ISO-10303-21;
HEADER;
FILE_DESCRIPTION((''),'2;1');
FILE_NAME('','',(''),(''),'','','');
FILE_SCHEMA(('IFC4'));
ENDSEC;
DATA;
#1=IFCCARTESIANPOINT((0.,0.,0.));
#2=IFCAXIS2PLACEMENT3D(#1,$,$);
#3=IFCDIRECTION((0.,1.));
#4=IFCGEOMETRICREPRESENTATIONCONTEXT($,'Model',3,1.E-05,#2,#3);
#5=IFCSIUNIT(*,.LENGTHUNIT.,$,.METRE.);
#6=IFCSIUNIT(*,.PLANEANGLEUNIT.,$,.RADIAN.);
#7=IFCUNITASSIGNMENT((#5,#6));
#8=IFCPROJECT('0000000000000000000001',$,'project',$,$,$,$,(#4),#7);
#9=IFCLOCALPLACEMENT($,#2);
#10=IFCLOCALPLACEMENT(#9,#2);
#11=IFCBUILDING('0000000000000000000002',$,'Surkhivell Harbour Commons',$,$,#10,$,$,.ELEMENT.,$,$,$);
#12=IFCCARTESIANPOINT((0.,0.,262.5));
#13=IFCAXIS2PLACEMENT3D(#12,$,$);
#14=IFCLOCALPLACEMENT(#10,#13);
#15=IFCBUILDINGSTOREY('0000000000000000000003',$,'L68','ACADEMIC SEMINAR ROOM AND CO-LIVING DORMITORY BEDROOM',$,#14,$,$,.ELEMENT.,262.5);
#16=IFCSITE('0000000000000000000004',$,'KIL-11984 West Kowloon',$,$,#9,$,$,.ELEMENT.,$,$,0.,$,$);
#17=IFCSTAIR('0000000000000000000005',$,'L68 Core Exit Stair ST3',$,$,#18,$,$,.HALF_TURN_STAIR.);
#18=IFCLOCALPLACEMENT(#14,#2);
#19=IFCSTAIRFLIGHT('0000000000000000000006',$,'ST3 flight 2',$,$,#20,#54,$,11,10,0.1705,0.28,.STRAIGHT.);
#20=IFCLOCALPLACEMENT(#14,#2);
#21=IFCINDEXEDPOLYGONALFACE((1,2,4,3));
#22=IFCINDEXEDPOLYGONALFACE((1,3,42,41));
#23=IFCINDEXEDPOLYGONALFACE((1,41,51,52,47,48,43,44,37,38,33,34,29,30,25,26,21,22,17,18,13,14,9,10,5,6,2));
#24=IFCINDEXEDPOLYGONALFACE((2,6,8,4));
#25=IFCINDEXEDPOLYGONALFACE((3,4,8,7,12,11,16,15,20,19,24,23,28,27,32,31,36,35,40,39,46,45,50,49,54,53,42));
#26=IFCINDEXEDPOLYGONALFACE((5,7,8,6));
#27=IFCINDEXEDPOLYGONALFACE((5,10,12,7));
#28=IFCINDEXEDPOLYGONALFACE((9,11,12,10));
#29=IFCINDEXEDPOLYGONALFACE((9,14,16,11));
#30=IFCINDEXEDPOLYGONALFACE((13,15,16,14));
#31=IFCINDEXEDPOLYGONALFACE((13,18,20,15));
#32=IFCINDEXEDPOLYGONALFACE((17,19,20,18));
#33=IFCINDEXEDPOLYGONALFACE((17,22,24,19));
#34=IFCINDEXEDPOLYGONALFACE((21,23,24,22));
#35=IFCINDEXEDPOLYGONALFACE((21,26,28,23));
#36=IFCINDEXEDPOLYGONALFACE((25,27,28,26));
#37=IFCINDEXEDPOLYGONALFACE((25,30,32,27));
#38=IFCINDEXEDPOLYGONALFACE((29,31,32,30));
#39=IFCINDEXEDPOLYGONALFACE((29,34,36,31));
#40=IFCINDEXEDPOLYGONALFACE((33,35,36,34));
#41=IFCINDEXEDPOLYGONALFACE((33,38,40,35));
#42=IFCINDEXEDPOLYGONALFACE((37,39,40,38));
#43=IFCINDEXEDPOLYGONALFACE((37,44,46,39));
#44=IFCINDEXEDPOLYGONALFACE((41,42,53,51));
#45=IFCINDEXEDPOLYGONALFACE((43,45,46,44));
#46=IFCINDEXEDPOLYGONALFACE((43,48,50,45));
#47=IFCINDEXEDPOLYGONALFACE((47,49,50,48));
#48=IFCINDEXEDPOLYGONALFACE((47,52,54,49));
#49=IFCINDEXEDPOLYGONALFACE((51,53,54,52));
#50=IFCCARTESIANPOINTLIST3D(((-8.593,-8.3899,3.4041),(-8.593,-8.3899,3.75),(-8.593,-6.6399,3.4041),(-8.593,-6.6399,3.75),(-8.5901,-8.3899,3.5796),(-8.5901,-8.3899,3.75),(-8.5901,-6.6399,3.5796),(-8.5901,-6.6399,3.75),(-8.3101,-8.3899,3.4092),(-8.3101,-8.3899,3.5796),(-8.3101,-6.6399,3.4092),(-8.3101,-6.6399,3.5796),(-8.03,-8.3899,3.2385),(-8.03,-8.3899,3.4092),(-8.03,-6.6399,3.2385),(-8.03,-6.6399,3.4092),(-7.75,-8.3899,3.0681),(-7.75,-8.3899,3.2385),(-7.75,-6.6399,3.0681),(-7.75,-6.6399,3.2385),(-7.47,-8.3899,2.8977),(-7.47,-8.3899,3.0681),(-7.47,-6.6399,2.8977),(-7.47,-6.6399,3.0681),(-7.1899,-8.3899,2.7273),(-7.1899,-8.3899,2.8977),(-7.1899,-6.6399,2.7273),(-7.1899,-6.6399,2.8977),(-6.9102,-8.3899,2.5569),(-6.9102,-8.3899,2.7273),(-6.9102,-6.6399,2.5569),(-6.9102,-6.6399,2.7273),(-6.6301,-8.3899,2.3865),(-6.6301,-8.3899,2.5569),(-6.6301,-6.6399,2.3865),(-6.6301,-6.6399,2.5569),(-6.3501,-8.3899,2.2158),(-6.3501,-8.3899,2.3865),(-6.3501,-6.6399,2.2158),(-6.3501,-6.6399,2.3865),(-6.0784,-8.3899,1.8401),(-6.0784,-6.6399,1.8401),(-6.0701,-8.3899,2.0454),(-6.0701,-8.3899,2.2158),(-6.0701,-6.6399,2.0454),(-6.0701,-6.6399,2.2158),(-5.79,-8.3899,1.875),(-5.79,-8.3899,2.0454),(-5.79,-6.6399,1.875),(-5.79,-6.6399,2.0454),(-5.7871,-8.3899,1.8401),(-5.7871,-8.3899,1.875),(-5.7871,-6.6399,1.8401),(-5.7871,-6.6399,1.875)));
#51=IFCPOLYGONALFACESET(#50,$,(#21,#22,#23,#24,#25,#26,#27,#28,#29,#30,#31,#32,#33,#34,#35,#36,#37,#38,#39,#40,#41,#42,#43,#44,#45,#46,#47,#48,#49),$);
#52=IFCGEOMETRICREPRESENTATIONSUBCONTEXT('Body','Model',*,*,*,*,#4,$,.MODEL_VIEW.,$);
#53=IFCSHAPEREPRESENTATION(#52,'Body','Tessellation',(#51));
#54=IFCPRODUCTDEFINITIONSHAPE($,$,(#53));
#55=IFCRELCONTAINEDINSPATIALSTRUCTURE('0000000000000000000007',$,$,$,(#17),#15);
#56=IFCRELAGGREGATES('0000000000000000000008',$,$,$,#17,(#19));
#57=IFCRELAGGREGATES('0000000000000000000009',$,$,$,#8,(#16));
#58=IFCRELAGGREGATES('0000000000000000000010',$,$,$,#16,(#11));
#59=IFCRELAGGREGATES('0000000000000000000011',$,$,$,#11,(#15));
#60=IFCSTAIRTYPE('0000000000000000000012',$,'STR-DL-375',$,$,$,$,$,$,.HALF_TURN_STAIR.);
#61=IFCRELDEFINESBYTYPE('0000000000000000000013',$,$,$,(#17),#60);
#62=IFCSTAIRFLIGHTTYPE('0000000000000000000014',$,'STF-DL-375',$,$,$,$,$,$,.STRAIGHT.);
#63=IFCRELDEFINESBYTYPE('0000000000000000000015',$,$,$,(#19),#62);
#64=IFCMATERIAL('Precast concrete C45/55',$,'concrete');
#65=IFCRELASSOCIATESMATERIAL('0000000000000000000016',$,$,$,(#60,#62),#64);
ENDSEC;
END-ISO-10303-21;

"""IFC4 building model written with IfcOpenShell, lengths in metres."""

from ifc_helpers import new_model, si_unit, direction, frame, origin, place, context, subcontext, project, spatial, polyline, outline, extrude, material, type_object, element, aggregate, save


model = new_model("IFC4")

# Units and contexts
model_context = context("Model", 3, precision=1e-05, world=origin(), true_north=direction((0.0, 1.0)))
body_context = subcontext(model_context, "Body", "Model", "MODEL_VIEW")
ifc_project = project(units=[si_unit("LENGTHUNIT", "METRE"), si_unit("PLANEANGLEUNIT", "RADIAN")], contexts=[model_context])

# Site, building, storey
site_placement = place(None, origin())
site = spatial("IfcSite", under=ifc_project, at=site_placement, Name="KIL-11984 West Kowloon", CompositionType="ELEMENT", RefElevation=0.0)
building_placement = place(site_placement, origin())
building = spatial("IfcBuilding", under=site, at=building_placement, Name="Surkhivell Harbour Commons", CompositionType="ELEMENT")
storey_placement = place(building_placement, frame((0.0, 0.0, 262.5)))
storey = spatial("IfcBuildingStorey", under=building, at=storey_placement, Name="L68", Description="ACADEMIC SEMINAR ROOM AND CO-LIVING DORMITORY BEDROOM", CompositionType="ELEMENT", Elevation=262.5)

# Stair, stair flight
ifc_material_1 = material(Name="Precast concrete C45/55", Category="concrete")
stair_type = type_object("IfcStairType", Name="STR-DL-375", PredefinedType="HALF_TURN_STAIR", material=ifc_material_1)
stair_placement = place(storey_placement, origin())
stair = element("IfcStair", 1, at=stair_placement, inside=storey, type_object=stair_type, Name="L68 Core Exit Stair ST3", PredefinedType="HALF_TURN_STAIR")
stair_flight_type = type_object("IfcStairFlightType", Name="STF-DL-375", PredefinedType="STRAIGHT", material=ifc_material_1)
stair_flight_placement = place(storey_placement, frame((-5.79, -7.5149, 1.875), z_axis=(0.0, 0.0, 1.0), x_axis=(-1.0, 0.0, 0.0)))
stair_flight = element("IfcStairFlight", 2, at=stair_flight_placement, type_object=stair_flight_type, Name="ST3 flight 2", NumberOfRisers=11, NumberOfTreads=10, PredefinedType="STRAIGHT", RiserHeight=0.1705, TreadLength=0.28, context=body_context, shape_type="SweptSolid", body=[
    extrude(outline(polyline([(-0.0029, -0.0349), (-0.0029, 0.0), (0.0, 0.0), (0.0, 0.1704), (0.28, 0.1704), (0.28, 0.3408), (0.5601, 0.3408), (0.5601, 0.5115), (0.8401, 0.5115), (0.8401, 0.6819), (1.1201, 0.6819), (1.1201, 0.8523), (1.3999, 0.8523), (1.3999, 1.0227), (1.6799, 1.0227), (1.6799, 1.1931), (1.96, 1.1931), (1.96, 1.3635), (2.24, 1.3635), (2.24, 1.5342), (2.52, 1.5342), (2.52, 1.7046), (2.8, 1.7046), (2.8, 1.875), (2.803, 1.875), (2.803, 1.5291), (0.2883, -0.0349), (-0.0029, -0.0349)])), frame((0.0, 0.875, 0.0), z_axis=(0.0, -1.0, 0.0), x_axis=(1.0, 0.0, 0.0)), (0.0, 0.0, 1.0), 1.75),
])
aggregate(stair, [stair_flight])

save(model, "model.ifc")
